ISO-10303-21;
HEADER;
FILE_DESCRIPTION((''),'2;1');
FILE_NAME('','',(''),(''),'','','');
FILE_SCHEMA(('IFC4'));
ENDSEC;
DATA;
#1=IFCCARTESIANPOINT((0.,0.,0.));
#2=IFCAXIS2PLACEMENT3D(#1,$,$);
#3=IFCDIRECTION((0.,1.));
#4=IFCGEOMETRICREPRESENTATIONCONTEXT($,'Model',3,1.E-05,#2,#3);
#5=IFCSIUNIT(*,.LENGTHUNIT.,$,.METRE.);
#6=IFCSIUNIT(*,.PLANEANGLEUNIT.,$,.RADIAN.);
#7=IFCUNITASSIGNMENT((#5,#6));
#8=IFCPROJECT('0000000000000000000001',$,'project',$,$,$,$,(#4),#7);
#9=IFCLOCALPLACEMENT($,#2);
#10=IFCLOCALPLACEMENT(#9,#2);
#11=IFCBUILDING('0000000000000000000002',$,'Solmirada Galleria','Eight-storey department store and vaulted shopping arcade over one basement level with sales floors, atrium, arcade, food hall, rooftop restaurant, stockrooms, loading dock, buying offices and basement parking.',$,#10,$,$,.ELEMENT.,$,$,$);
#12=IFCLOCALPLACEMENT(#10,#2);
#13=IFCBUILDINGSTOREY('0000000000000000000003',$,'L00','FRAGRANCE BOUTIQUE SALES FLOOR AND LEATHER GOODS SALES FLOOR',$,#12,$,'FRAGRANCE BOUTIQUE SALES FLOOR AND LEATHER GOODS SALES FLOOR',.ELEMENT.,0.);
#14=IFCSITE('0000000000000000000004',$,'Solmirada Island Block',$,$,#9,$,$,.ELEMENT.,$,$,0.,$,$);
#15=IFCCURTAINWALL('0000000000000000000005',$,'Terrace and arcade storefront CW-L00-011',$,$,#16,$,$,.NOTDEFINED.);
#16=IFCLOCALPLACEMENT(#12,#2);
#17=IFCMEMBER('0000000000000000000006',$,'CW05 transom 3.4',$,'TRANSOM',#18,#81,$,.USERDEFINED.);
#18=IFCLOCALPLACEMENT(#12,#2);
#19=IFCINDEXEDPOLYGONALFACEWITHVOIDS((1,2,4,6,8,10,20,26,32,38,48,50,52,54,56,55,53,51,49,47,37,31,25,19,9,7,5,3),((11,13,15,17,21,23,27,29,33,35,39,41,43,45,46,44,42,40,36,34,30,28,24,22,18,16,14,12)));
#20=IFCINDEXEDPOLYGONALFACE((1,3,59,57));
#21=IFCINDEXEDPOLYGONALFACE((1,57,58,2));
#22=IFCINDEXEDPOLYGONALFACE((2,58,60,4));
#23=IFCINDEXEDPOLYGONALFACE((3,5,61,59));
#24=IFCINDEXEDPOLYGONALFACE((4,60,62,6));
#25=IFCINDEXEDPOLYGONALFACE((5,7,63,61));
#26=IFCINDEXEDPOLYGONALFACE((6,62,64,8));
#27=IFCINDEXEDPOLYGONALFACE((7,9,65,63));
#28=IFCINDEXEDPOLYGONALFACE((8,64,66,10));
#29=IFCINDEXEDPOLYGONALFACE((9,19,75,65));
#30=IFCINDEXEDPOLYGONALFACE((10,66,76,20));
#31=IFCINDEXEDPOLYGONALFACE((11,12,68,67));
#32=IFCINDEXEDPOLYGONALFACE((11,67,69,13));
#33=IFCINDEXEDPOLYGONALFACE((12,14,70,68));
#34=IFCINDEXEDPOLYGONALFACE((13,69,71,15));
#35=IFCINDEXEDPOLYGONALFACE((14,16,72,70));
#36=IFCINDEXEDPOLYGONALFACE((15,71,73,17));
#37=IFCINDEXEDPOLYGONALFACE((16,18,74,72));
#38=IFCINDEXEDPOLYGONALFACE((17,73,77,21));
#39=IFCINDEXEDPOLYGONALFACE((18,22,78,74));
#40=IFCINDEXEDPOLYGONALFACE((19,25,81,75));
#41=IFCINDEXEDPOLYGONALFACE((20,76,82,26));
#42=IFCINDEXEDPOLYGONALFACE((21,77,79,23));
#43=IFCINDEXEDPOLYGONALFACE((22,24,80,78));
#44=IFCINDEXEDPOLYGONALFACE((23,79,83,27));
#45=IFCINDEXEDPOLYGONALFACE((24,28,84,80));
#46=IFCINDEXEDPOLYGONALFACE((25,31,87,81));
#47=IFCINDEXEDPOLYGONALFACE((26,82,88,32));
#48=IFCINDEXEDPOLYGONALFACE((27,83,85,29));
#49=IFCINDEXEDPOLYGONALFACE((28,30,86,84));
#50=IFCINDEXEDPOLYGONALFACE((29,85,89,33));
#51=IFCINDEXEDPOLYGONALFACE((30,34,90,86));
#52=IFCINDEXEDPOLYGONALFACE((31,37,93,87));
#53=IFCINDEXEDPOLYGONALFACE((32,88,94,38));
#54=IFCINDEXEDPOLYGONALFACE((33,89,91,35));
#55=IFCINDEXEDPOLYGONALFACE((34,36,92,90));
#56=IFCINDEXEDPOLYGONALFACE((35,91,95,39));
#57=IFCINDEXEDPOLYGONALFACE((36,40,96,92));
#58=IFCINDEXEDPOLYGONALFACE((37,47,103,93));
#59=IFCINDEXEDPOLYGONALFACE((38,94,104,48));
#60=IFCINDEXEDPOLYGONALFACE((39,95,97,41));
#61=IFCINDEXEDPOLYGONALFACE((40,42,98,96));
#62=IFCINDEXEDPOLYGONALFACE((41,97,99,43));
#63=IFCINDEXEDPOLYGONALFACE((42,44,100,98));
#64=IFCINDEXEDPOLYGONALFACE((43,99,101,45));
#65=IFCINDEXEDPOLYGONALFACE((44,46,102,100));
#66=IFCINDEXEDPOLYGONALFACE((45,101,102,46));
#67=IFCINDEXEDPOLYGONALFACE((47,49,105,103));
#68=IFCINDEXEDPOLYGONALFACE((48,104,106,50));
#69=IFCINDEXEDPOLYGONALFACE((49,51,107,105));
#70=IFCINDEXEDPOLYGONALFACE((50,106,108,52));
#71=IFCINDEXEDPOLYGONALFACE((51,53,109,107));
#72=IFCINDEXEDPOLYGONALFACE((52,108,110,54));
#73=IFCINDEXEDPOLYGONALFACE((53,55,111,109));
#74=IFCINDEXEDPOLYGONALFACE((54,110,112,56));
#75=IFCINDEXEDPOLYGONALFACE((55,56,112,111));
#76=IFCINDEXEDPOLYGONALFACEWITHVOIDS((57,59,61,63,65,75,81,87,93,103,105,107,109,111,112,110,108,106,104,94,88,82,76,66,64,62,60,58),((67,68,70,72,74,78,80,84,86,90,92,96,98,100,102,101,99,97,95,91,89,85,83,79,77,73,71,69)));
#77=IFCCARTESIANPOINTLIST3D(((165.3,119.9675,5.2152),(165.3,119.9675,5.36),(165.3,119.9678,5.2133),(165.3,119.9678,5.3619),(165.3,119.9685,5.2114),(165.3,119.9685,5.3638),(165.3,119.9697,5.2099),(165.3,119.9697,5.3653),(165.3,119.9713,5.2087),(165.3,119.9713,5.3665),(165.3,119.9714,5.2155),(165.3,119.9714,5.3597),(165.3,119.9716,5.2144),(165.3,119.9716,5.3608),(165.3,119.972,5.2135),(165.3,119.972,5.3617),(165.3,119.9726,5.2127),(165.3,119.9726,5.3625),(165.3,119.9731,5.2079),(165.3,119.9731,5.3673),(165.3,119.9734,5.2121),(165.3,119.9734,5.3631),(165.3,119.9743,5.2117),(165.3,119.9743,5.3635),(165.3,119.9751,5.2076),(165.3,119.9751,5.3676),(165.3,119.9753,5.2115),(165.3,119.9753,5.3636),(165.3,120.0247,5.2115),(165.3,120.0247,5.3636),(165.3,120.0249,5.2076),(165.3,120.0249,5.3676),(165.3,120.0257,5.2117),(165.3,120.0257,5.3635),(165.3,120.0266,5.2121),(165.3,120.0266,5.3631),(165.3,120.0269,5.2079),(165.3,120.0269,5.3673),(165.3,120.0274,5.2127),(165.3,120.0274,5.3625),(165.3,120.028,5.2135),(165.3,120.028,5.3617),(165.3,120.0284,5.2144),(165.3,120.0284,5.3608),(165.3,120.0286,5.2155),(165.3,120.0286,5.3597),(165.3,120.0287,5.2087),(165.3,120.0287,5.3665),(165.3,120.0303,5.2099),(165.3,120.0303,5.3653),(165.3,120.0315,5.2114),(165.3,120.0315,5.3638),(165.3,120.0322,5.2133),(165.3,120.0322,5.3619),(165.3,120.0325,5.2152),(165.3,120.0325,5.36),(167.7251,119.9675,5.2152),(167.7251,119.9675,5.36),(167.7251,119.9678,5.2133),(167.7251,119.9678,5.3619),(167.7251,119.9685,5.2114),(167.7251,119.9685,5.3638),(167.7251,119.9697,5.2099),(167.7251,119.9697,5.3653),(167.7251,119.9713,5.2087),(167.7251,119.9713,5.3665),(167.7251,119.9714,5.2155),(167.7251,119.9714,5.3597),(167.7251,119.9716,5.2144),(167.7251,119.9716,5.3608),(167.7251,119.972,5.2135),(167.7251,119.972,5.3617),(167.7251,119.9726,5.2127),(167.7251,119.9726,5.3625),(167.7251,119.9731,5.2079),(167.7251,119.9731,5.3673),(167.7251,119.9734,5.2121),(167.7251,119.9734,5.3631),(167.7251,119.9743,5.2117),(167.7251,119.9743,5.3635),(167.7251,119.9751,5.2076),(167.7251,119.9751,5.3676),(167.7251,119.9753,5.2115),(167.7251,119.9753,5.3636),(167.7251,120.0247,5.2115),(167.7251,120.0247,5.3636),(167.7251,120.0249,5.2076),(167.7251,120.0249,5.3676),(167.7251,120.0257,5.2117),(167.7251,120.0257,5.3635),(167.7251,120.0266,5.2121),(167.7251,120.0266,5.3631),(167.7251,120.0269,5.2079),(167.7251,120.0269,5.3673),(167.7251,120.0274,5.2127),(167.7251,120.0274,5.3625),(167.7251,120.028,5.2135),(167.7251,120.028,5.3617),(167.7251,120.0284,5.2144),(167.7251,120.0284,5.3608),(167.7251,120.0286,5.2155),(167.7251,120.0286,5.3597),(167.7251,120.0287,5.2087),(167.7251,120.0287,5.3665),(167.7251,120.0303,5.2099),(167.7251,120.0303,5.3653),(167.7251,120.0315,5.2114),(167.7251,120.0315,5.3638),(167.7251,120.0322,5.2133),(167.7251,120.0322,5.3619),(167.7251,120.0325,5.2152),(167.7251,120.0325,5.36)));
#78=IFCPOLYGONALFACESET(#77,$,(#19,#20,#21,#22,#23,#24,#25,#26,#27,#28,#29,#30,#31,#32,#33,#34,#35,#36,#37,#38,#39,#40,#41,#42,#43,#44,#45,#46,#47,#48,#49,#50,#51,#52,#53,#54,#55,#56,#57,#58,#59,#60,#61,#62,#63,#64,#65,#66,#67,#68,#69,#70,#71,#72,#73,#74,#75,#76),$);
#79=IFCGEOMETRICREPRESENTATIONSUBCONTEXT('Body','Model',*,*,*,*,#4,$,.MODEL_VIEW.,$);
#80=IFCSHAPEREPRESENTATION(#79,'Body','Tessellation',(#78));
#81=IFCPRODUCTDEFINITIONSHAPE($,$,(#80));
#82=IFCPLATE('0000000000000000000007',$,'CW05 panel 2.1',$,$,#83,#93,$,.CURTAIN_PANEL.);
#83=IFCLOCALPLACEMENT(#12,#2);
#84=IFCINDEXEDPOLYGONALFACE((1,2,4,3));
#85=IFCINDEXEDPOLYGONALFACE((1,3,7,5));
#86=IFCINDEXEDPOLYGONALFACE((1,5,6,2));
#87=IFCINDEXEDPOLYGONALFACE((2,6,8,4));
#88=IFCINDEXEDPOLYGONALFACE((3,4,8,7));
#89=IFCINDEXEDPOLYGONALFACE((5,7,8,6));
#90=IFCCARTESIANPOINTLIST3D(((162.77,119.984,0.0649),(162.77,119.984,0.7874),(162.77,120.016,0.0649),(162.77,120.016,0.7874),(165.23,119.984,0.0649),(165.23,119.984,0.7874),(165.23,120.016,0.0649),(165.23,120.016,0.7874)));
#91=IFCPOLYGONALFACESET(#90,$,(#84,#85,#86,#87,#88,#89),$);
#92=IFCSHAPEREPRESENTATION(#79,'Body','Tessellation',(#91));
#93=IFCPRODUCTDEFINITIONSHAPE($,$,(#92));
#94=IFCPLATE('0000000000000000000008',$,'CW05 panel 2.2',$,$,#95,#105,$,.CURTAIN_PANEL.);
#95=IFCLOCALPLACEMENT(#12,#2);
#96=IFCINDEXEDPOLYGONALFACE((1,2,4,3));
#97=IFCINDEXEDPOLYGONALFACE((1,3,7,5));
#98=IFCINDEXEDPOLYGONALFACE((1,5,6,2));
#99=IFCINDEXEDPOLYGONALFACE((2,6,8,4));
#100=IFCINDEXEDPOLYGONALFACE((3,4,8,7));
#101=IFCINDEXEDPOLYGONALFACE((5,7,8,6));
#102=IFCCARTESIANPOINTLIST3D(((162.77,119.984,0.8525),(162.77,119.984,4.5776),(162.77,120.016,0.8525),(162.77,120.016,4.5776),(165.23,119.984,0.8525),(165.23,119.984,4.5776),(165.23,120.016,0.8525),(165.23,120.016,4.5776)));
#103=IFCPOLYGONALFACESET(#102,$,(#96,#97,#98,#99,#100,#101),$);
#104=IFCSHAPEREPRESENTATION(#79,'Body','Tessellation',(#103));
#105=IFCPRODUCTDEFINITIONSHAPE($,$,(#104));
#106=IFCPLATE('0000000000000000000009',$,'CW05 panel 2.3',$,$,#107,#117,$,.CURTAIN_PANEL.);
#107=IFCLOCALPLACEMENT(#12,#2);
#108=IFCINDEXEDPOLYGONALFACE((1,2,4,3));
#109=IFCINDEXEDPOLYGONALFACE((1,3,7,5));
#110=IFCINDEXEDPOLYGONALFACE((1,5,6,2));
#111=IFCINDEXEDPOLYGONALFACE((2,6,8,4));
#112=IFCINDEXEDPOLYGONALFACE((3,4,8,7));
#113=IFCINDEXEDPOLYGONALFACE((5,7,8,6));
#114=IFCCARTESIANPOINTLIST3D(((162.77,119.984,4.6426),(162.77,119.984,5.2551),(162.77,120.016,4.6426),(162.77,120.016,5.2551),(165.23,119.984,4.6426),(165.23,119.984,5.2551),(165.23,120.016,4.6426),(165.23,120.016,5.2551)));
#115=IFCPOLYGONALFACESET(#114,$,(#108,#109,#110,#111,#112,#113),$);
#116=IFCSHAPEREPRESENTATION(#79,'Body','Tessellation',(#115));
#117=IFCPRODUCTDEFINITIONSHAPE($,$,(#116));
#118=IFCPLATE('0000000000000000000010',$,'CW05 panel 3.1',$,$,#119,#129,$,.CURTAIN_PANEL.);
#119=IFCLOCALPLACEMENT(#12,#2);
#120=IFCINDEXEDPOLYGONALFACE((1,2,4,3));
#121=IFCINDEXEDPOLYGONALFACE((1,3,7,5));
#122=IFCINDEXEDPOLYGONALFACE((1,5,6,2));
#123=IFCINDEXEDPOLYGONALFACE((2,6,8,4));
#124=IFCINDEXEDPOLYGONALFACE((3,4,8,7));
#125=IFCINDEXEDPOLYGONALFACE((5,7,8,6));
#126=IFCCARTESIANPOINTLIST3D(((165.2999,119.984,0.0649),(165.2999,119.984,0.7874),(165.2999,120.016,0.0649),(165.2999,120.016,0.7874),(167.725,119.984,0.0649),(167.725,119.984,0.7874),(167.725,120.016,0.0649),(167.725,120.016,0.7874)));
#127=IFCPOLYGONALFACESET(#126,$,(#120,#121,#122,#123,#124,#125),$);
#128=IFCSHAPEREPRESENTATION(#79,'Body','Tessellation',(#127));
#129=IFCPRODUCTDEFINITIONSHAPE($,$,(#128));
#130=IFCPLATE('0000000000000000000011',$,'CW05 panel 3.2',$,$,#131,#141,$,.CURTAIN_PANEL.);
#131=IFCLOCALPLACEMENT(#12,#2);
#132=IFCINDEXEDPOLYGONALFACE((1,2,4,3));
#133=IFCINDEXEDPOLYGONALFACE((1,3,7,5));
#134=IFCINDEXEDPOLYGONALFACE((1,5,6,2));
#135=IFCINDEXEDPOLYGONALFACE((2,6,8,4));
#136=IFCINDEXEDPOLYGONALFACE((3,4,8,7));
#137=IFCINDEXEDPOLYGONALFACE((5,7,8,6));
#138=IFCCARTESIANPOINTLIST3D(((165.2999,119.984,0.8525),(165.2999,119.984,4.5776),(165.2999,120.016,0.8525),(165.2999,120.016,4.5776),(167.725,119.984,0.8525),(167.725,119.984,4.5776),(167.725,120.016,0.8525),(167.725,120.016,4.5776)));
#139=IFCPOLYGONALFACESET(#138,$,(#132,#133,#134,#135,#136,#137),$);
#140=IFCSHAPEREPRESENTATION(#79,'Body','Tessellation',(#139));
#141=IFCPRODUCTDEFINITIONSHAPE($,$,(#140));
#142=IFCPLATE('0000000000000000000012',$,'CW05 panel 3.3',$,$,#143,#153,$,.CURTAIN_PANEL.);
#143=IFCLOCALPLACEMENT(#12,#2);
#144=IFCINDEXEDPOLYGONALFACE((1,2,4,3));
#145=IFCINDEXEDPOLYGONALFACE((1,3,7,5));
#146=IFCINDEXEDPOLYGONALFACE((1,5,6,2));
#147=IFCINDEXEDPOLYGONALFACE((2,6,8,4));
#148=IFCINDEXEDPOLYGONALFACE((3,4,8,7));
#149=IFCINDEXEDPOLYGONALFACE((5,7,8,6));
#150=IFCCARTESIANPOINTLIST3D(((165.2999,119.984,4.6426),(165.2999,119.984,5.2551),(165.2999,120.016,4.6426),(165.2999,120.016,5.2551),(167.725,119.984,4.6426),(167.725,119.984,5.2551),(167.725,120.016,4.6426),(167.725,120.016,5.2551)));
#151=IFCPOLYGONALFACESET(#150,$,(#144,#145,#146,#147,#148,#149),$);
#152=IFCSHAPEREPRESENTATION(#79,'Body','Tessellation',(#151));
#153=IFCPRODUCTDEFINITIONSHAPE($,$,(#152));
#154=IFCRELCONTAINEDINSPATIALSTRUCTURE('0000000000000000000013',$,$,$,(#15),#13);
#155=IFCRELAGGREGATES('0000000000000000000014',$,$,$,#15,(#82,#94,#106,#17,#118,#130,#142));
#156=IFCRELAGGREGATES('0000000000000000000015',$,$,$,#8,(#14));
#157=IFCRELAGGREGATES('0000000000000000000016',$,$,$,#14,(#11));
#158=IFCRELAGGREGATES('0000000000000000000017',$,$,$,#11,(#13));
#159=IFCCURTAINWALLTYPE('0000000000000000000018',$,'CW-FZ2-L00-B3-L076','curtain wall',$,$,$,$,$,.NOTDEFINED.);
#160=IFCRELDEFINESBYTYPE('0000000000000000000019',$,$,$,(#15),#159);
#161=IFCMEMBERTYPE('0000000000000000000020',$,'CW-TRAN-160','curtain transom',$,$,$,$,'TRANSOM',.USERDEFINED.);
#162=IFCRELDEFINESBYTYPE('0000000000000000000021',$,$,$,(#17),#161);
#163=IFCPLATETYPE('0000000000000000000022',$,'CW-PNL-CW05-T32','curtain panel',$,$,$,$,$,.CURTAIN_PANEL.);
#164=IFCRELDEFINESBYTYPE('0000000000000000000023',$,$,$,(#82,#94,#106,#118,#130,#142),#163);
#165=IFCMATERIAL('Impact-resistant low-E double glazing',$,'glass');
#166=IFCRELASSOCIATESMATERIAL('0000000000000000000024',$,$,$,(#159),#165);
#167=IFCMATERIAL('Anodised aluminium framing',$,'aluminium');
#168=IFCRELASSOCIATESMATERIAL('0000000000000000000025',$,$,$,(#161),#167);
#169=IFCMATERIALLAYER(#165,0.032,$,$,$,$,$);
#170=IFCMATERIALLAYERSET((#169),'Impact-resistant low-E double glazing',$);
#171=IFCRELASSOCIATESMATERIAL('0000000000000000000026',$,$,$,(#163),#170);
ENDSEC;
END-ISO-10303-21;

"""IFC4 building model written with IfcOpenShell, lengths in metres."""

from ifc_helpers import new_model, si_unit, direction, frame, origin, origin_2d, place, context, subcontext, project, spatial, rectangle, hollow_rectangle, extrude, material, layer, layer_set, material_profile, profile_set, type_object, element, aggregate, save


model = new_model("IFC4")

# Units and contexts
model_context = context("Model", 3, precision=1e-05, world=origin(), true_north=direction((0.0, 1.0)))
body_context = subcontext(model_context, "Body", "Model", "MODEL_VIEW")
ifc_project = project(units=[si_unit("LENGTHUNIT", "METRE"), si_unit("PLANEANGLEUNIT", "RADIAN")], contexts=[model_context])

# Site, building, storey
site_placement = place(None, origin())
site = spatial("IfcSite", under=ifc_project, at=site_placement, Name="Solmirada Island Block", CompositionType="ELEMENT", RefElevation=0.0)
building_placement = place(site_placement, origin())
building = spatial("IfcBuilding", under=site, at=building_placement, Name="Solmirada Galleria", Description="Eight-storey department store and vaulted shopping arcade over one basement level with sales floors, atrium, arcade, food hall, rooftop restaurant, stockrooms, loading dock, buying offices and basement parking.", CompositionType="ELEMENT")
storey_placement = place(building_placement, origin())
storey = spatial("IfcBuildingStorey", under=building, at=storey_placement, Name="L00", Description="FRAGRANCE BOUTIQUE SALES FLOOR AND LEATHER GOODS SALES FLOOR", LongName="FRAGRANCE BOUTIQUE SALES FLOOR AND LEATHER GOODS SALES FLOOR", CompositionType="ELEMENT", Elevation=0.0)

# Curtain wall, member, plates
ifc_material_1 = material(Name="Impact-resistant low-E double glazing", Category="glass")
curtain_wall_type = type_object("IfcCurtainWallType", Name="CW-FZ2-L00-B3-L076", Description="curtain wall", PredefinedType="NOTDEFINED", material=ifc_material_1)
curtain_wall_placement = place(storey_placement, origin())
curtain_wall = element("IfcCurtainWall", 1, at=curtain_wall_placement, inside=storey, type_object=curtain_wall_type, Name="Terrace and arcade storefront CW-L00-011", PredefinedType="NOTDEFINED")
ifc_material_2 = material(Name="Anodised aluminium framing", Category="aluminium")
ifc_material_profile_1 = material_profile(ifc_material_2, hollow_rectangle(XDim=0.0649, YDim=0.1599, WallThickness=0.0039, InnerFilletRadius=0.0039, OuterFilletRadius=0.0076, at=origin_2d()), Name="ALU-TRAN-160X65")
ifc_profile_set_1 = profile_set([ifc_material_profile_1], Name="Anodised aluminium framing")
member_type_1 = type_object("IfcMemberType", Name="CW-TRAN-160", Description="curtain transom", ElementType="TRANSOM", PredefinedType="USERDEFINED", material=ifc_profile_set_1)
member_1_placement = place(storey_placement, frame((165.3, 120.0, 5.2876), z_axis=(1.0, 0.0, 0.0), x_axis=(0.0, 1.0, 0.0)))
member_1 = element("IfcMember", 2, at=member_1_placement, type_object=member_type_1, Name="CW05 transom 3.4", ObjectType="TRANSOM", PredefinedType="USERDEFINED", context=body_context, shape_type="SweptSolid", body=[
    extrude(hollow_rectangle(XDim=0.0649, YDim=0.1599, WallThickness=0.0039, InnerFilletRadius=0.0039, OuterFilletRadius=0.0076, at=origin_2d()), origin(), (0.0, 0.0, 1.0), 2.425),
])
ifc_layer = layer(ifc_material_1, 0.032)
ifc_layer_set = layer_set([ifc_layer], Name="Impact-resistant low-E double glazing")
plate_type = type_object("IfcPlateType", Name="CW-PNL-CW05-T32", Description="curtain panel", PredefinedType="CURTAIN_PANEL", material=ifc_layer_set)
plate_1_placement = place(storey_placement, frame((164.0, 120.0, 0.0649), z_axis=(0.0, 0.0, 1.0), x_axis=(1.0, 0.0, 0.0)))
plate_1 = element("IfcPlate", 3, at=plate_1_placement, type_object=plate_type, Name="CW05 panel 2.1", PredefinedType="CURTAIN_PANEL", context=body_context, shape_type="SweptSolid", body=[
    extrude(rectangle(XDim=2.46, YDim=0.032, at=origin_2d()), origin(), (0.0, 0.0, 1.0), 0.7224),
])
plate_2_placement = place(storey_placement, frame((164.0, 120.0, 0.8525), z_axis=(0.0, 0.0, 1.0), x_axis=(1.0, 0.0, 0.0)))
plate_2 = element("IfcPlate", 4, at=plate_2_placement, type_object=plate_type, Name="CW05 panel 2.2", PredefinedType="CURTAIN_PANEL", context=body_context, shape_type="SweptSolid", body=[
    extrude(rectangle(XDim=2.46, YDim=0.032, at=origin_2d()), origin(), (0.0, 0.0, 1.0), 3.7251),
])
plate_3_placement = place(storey_placement, frame((164.0, 120.0, 4.6426), z_axis=(0.0, 0.0, 1.0), x_axis=(1.0, 0.0, 0.0)))
plate_3 = element("IfcPlate", 5, at=plate_3_placement, type_object=plate_type, Name="CW05 panel 2.3", PredefinedType="CURTAIN_PANEL", context=body_context, shape_type="SweptSolid", body=[
    extrude(rectangle(XDim=2.46, YDim=0.032, at=origin_2d()), origin(), (0.0, 0.0, 1.0), 0.6125),
])
plate_4_placement = place(storey_placement, frame((166.5125, 120.0, 0.0649), z_axis=(0.0, 0.0, 1.0), x_axis=(1.0, 0.0, 0.0)))
plate_4 = element("IfcPlate", 6, at=plate_4_placement, type_object=plate_type, Name="CW05 panel 3.1", PredefinedType="CURTAIN_PANEL", context=body_context, shape_type="SweptSolid", body=[
    extrude(rectangle(XDim=2.425, YDim=0.032, at=origin_2d()), origin(), (0.0, 0.0, 1.0), 0.7224),
])
plate_5_placement = place(storey_placement, frame((166.5125, 120.0, 0.8525), z_axis=(0.0, 0.0, 1.0), x_axis=(1.0, 0.0, 0.0)))
plate_5 = element("IfcPlate", 7, at=plate_5_placement, type_object=plate_type, Name="CW05 panel 3.2", PredefinedType="CURTAIN_PANEL", context=body_context, shape_type="SweptSolid", body=[
    extrude(rectangle(XDim=2.425, YDim=0.032, at=origin_2d()), origin(), (0.0, 0.0, 1.0), 3.7251),
])
plate_6_placement = place(storey_placement, frame((166.5125, 120.0, 4.6426), z_axis=(0.0, 0.0, 1.0), x_axis=(1.0, 0.0, 0.0)))
plate_6 = element("IfcPlate", 8, at=plate_6_placement, type_object=plate_type, Name="CW05 panel 3.3", PredefinedType="CURTAIN_PANEL", context=body_context, shape_type="SweptSolid", body=[
    extrude(rectangle(XDim=2.425, YDim=0.032, at=origin_2d()), origin(), (0.0, 0.0, 1.0), 0.6125),
])
aggregate(curtain_wall, [plate_1, plate_2, plate_3, member_1, plate_4, plate_5, plate_6])

save(model, "model.ifc")
